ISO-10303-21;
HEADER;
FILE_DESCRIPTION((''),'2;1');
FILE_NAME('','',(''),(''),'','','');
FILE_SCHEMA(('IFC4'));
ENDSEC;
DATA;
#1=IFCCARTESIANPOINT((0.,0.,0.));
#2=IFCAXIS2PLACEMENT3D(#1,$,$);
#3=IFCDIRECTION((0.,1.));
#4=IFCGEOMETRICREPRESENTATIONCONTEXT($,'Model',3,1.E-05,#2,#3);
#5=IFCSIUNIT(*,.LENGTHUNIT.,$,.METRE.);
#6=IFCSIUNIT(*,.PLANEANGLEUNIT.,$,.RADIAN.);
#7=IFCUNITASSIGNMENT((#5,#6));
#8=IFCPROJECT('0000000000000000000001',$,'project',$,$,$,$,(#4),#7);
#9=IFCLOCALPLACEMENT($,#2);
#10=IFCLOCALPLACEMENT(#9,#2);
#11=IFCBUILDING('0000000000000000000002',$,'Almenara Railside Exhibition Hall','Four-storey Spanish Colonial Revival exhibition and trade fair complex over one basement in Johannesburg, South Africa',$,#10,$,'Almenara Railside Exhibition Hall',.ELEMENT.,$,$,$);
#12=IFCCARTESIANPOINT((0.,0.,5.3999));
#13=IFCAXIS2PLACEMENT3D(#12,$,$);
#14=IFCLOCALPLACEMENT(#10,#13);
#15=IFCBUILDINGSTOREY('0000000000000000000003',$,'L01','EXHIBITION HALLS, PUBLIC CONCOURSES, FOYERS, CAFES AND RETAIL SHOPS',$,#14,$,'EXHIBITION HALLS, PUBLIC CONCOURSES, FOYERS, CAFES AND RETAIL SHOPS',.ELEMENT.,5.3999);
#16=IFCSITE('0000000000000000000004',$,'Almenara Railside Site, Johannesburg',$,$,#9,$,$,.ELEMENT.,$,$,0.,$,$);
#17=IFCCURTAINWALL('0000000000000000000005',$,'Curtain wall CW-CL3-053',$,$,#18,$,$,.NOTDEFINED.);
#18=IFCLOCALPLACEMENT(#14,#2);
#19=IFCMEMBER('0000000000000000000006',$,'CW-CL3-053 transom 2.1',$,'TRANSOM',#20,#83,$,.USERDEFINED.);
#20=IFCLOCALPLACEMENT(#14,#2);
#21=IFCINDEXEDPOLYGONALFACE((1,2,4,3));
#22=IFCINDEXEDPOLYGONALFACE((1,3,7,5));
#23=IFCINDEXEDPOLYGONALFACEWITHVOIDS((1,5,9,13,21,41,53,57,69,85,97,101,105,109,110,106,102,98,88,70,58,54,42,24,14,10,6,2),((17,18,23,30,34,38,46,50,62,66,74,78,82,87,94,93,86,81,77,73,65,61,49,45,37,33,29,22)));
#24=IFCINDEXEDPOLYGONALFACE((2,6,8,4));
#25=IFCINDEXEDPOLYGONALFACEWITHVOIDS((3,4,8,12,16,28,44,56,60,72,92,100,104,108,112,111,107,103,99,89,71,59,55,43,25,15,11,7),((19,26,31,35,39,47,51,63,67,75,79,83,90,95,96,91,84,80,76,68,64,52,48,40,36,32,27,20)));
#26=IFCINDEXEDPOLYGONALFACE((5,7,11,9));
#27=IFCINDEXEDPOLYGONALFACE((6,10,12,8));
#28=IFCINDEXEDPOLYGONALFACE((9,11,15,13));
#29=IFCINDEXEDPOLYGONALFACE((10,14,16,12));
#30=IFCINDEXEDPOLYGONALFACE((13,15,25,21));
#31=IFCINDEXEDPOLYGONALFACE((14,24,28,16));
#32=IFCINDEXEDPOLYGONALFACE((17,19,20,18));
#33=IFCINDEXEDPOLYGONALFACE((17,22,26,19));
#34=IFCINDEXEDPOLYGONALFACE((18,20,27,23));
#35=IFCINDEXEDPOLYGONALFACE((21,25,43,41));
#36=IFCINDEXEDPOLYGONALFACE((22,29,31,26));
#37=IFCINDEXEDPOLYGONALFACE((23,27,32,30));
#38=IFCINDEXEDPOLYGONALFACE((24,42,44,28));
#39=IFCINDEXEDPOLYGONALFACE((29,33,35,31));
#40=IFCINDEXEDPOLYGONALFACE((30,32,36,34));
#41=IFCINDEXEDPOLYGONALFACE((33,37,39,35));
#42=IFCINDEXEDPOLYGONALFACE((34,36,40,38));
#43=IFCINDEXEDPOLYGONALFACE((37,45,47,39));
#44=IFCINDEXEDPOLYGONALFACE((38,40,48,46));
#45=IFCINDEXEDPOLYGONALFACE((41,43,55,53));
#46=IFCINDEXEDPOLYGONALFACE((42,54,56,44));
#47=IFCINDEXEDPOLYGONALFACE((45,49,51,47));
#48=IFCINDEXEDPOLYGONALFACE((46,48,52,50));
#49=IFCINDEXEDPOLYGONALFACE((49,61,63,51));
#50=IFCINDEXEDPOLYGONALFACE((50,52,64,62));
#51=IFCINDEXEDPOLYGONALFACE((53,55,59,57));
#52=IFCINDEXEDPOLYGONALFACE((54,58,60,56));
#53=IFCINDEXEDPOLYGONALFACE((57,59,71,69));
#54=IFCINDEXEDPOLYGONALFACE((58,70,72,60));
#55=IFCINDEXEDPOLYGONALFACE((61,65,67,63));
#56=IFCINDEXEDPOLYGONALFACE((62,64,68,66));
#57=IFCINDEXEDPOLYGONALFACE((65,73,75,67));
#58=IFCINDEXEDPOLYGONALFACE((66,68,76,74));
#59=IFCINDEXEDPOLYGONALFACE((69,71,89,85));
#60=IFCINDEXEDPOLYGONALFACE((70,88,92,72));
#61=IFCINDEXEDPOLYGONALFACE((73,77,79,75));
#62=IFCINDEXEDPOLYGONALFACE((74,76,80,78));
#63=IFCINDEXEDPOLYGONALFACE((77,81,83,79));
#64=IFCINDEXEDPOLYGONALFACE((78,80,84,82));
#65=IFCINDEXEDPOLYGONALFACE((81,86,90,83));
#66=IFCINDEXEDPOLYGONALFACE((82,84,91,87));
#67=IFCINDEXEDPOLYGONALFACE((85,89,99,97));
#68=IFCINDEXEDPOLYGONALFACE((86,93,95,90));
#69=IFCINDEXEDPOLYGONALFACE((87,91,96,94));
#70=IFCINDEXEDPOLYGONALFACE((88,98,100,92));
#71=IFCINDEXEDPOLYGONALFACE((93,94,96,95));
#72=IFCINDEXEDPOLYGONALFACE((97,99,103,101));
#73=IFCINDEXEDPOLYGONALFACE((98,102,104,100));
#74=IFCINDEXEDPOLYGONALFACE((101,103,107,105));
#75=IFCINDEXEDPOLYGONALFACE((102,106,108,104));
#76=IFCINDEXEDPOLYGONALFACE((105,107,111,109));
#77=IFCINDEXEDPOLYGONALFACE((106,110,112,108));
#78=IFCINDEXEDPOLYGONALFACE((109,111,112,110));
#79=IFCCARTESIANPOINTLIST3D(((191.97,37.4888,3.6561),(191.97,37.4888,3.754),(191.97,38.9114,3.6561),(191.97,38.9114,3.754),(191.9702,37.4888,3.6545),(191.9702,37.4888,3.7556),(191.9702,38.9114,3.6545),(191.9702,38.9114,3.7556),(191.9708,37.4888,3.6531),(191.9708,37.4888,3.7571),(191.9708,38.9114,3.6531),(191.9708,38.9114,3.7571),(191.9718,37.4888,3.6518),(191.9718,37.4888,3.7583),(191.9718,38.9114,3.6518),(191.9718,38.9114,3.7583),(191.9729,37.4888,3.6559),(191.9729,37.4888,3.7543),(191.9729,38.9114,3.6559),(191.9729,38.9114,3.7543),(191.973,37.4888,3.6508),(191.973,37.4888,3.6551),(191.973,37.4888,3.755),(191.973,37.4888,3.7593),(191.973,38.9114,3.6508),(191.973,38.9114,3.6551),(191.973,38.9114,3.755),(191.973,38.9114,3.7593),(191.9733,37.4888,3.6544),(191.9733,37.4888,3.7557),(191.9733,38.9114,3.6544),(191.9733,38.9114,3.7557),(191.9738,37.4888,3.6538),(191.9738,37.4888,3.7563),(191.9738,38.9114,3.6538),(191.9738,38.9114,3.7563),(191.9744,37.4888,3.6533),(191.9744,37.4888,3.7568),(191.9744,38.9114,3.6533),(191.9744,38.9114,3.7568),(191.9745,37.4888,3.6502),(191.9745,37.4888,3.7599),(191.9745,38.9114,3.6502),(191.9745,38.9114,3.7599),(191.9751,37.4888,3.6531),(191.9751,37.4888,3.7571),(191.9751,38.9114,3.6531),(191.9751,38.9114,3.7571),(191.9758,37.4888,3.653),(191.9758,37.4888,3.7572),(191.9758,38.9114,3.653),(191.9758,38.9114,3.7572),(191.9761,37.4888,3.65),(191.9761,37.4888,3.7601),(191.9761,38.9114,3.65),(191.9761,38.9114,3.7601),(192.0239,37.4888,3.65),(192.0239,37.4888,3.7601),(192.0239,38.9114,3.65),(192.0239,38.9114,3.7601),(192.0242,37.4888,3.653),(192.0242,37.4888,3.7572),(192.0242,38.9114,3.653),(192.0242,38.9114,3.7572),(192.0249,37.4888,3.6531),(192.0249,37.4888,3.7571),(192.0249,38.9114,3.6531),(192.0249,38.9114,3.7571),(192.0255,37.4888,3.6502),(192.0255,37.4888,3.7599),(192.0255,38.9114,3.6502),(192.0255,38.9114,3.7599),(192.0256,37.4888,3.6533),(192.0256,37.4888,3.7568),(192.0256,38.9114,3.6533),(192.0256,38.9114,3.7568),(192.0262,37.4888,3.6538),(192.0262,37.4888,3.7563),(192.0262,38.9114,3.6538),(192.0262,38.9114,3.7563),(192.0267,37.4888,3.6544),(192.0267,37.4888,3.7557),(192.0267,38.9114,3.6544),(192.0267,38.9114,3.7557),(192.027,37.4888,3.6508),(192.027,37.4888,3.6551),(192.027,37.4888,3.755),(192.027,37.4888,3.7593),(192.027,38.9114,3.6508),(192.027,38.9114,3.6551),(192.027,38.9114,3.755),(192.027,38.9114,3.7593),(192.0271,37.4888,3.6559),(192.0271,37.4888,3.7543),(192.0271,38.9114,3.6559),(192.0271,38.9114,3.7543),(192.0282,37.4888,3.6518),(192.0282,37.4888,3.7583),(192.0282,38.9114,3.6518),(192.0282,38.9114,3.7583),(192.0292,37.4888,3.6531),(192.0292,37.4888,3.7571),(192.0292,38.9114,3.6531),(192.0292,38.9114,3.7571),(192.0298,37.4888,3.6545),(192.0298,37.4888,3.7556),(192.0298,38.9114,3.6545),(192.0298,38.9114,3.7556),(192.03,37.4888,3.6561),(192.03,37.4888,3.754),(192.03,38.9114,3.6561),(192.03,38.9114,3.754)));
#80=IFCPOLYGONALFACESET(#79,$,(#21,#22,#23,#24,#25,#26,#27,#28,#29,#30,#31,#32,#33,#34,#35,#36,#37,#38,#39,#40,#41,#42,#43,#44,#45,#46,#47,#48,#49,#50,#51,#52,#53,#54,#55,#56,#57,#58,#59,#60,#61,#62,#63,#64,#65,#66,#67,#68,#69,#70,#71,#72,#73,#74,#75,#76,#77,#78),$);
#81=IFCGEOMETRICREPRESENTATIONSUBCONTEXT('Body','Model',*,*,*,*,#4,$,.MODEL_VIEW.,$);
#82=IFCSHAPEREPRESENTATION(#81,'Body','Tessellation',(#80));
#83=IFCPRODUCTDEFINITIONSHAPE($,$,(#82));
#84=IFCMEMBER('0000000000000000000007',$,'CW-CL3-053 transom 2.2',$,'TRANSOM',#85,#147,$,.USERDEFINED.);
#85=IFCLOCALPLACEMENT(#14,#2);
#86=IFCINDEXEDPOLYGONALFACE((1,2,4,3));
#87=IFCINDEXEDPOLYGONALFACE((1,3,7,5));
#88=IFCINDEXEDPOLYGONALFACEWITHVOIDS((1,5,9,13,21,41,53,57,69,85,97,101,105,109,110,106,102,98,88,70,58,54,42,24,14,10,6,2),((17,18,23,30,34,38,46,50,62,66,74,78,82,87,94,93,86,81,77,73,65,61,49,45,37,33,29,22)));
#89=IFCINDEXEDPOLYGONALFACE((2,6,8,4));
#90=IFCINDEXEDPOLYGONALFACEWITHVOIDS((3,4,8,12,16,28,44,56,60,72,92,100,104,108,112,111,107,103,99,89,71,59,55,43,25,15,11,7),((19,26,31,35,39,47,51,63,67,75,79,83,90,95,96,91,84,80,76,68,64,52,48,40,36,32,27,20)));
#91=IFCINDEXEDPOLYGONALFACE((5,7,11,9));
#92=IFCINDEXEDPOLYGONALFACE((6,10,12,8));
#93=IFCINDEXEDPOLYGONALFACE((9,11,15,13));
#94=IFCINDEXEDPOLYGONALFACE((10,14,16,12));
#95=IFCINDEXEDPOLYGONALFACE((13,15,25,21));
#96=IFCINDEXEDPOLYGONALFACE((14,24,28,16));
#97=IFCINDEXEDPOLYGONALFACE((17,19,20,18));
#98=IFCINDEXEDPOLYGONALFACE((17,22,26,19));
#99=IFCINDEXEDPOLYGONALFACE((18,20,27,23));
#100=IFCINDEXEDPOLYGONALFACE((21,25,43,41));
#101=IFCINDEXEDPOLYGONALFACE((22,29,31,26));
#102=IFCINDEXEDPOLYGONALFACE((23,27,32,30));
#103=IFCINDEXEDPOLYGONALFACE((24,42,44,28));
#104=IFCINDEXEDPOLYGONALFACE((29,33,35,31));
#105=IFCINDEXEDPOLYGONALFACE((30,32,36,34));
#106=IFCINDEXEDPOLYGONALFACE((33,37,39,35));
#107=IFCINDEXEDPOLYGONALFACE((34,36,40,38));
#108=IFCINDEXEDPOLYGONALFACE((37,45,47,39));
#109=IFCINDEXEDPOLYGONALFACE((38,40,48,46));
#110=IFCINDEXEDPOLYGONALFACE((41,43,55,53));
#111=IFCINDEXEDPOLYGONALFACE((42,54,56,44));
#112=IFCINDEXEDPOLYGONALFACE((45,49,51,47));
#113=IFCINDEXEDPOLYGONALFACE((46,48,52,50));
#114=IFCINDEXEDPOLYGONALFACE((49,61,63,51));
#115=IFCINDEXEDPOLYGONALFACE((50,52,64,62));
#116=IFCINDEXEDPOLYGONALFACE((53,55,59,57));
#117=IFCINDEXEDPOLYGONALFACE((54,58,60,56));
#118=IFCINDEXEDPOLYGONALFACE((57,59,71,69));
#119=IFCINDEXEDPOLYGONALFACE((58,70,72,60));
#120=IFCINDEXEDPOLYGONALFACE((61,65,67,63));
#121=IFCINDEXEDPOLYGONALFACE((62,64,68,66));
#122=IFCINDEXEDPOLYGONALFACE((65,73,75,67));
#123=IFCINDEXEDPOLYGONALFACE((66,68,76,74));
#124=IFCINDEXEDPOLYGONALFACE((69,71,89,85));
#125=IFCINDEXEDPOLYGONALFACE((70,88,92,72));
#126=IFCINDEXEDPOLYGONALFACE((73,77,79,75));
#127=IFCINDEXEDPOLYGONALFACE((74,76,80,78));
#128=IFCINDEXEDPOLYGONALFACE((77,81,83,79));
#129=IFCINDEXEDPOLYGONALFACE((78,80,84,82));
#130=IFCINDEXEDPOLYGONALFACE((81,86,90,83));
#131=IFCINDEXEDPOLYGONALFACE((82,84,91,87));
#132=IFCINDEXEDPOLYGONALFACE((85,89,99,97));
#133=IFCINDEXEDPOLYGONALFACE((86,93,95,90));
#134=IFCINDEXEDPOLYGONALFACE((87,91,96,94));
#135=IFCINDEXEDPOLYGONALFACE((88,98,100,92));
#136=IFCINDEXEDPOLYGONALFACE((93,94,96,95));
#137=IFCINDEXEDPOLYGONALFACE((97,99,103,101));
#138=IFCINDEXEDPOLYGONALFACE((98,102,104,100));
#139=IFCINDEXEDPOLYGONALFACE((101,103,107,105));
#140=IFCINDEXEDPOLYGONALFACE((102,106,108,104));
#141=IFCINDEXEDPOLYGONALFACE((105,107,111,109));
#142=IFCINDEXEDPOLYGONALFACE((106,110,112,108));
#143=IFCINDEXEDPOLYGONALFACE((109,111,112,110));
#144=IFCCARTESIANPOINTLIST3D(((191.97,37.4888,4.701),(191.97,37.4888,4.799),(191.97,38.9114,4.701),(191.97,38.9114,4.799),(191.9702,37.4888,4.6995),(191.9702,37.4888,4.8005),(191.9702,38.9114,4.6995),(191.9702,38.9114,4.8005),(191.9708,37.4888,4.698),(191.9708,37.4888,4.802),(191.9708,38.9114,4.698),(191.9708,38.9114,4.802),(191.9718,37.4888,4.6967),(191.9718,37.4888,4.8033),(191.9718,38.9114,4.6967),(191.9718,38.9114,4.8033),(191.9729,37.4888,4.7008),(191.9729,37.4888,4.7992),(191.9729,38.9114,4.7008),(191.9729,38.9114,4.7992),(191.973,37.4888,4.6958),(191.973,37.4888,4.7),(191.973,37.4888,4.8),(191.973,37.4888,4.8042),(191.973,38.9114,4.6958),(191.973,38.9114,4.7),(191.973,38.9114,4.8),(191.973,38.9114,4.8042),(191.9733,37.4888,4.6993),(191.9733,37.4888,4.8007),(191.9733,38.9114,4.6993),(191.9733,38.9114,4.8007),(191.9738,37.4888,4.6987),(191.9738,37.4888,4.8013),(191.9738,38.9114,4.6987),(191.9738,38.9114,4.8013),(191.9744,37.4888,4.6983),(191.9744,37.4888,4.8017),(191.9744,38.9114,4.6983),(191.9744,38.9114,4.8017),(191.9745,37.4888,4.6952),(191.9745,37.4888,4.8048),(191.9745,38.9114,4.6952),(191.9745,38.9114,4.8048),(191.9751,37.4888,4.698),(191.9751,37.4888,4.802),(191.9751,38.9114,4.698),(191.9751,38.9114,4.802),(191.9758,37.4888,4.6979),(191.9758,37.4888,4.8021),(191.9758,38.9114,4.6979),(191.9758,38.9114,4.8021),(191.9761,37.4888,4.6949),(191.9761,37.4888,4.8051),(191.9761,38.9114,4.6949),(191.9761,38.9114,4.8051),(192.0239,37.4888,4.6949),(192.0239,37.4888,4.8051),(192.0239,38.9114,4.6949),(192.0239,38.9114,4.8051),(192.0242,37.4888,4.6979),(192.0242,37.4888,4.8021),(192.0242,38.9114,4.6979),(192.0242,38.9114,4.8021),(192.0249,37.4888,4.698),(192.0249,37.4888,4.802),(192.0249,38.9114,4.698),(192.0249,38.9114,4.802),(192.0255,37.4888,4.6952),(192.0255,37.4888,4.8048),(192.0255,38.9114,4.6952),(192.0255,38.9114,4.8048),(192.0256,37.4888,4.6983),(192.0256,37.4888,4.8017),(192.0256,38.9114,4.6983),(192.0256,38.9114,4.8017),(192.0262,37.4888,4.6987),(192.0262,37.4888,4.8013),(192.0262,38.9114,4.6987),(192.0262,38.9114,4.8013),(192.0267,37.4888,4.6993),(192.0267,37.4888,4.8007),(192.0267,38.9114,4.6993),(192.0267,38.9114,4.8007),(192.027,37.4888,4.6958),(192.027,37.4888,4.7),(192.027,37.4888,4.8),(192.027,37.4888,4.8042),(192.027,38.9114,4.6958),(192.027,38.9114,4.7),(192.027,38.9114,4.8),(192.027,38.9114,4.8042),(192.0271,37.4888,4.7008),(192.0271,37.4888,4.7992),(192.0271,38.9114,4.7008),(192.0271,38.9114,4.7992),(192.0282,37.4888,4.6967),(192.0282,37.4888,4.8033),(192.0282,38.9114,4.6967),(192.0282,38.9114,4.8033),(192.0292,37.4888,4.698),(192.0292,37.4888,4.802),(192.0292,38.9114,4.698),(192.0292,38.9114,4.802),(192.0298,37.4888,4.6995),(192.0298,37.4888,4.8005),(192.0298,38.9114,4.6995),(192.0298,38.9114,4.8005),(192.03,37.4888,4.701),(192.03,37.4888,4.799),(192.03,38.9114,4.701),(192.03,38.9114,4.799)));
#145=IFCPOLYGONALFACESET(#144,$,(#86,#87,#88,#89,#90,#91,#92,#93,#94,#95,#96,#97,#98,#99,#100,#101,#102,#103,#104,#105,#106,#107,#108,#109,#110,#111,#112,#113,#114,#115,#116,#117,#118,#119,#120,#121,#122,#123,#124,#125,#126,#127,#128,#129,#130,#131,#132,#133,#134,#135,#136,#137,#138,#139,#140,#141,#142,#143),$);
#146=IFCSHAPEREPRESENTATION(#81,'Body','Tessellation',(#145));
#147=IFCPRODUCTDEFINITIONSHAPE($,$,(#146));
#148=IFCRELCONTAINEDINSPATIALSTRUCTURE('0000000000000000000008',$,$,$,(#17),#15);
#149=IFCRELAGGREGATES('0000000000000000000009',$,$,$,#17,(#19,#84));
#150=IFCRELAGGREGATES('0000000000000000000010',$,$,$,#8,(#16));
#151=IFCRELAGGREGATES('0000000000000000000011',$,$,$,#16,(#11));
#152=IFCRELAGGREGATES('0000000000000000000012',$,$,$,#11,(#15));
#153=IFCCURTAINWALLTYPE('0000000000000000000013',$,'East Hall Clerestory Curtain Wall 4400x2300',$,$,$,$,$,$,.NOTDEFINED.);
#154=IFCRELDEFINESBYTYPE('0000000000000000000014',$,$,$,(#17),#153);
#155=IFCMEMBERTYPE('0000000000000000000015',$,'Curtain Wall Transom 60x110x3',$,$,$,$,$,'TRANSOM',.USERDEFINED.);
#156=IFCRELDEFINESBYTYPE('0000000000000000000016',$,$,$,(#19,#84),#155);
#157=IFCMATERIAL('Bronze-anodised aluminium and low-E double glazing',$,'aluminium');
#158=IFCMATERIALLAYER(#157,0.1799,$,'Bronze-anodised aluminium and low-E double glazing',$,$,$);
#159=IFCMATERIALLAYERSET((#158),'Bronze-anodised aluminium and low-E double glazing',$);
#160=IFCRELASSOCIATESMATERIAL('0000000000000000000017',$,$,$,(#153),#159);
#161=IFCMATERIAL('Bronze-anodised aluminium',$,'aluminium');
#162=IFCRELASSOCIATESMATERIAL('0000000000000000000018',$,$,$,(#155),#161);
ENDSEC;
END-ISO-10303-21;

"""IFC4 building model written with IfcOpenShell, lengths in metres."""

from ifc_helpers import new_model, si_unit, direction, frame, origin, origin_2d, place, context, subcontext, project, spatial, hollow_rectangle, extrude, material, layer, layer_set, material_profile, profile_set, type_object, element, aggregate, save


model = new_model("IFC4")

# Units and contexts
model_context = context("Model", 3, precision=1e-05, world=origin(), true_north=direction((0.0, 1.0)))
body_context = subcontext(model_context, "Body", "Model", "MODEL_VIEW")
ifc_project = project(units=[si_unit("LENGTHUNIT", "METRE"), si_unit("PLANEANGLEUNIT", "RADIAN")], contexts=[model_context])

# Site, building, storey
site_placement = place(None, origin())
site = spatial("IfcSite", under=ifc_project, at=site_placement, Name="Almenara Railside Site, Johannesburg", CompositionType="ELEMENT", RefElevation=0.0)
building_placement = place(site_placement, origin())
building = spatial("IfcBuilding", under=site, at=building_placement, Name="Almenara Railside Exhibition Hall", Description="Four-storey Spanish Colonial Revival exhibition and trade fair complex over one basement in Johannesburg, South Africa", LongName="Almenara Railside Exhibition Hall", CompositionType="ELEMENT")
storey_placement = place(building_placement, frame((0.0, 0.0, 5.3999)))
storey = spatial("IfcBuildingStorey", under=building, at=storey_placement, Name="L01", Description="EXHIBITION HALLS, PUBLIC CONCOURSES, FOYERS, CAFES AND RETAIL SHOPS", LongName="EXHIBITION HALLS, PUBLIC CONCOURSES, FOYERS, CAFES AND RETAIL SHOPS", CompositionType="ELEMENT", Elevation=5.3999)

# Curtain wall
ifc_material_1 = material(Name="Bronze-anodised aluminium and low-E double glazing", Category="aluminium")
ifc_layer_1 = layer(ifc_material_1, 0.1799, Name="Bronze-anodised aluminium and low-E double glazing")
ifc_layer_set_1 = layer_set([ifc_layer_1], Name="Bronze-anodised aluminium and low-E double glazing")
curtain_wall_type = type_object("IfcCurtainWallType", Name="East Hall Clerestory Curtain Wall 4400x2300", PredefinedType="NOTDEFINED", material=ifc_layer_set_1)
ifc_material_2 = material(Name="Bronze-anodised aluminium", Category="aluminium")
curtain_wall_1_placement = place(storey_placement, origin())
curtain_wall_1 = element("IfcCurtainWall", 1, at=curtain_wall_1_placement, inside=storey, type_object=curtain_wall_type, Name="Curtain wall CW-CL3-053", PredefinedType="NOTDEFINED")

# Members
ifc_material_profile_1 = material_profile(ifc_material_2, hollow_rectangle(XDim=0.0601, YDim=0.1101, WallThickness=0.0029, InnerFilletRadius=0.0029, OuterFilletRadius=0.0061, at=origin_2d()), Name="ALU-TRN 60x110x3")
ifc_profile_set_1 = profile_set([ifc_material_profile_1], Name="Bronze-anodised aluminium")
member_type_1 = type_object("IfcMemberType", Name="Curtain Wall Transom 60x110x3", ElementType="TRANSOM", PredefinedType="USERDEFINED", material=ifc_profile_set_1)
member_1_placement = place(storey_placement, frame((192.0, 37.4888, 3.7051), z_axis=(0.0, 1.0, 0.0), x_axis=(-1.0, 0.0, 0.0)))
member_1 = element("IfcMember", 2, at=member_1_placement, type_object=member_type_1, Name="CW-CL3-053 transom 2.1", ObjectType="TRANSOM", PredefinedType="USERDEFINED", context=body_context, shape_type="SweptSolid", body=[
    extrude(hollow_rectangle(XDim=0.0601, YDim=0.1101, WallThickness=0.0029, InnerFilletRadius=0.0029, OuterFilletRadius=0.0061, at=origin_2d()), origin(), (0.0, 0.0, 1.0), 1.4226),
])
member_2_placement = place(storey_placement, frame((192.0, 37.4888, 4.75), z_axis=(0.0, 1.0, 0.0), x_axis=(-1.0, 0.0, 0.0)))
member_2 = element("IfcMember", 3, at=member_2_placement, type_object=member_type_1, Name="CW-CL3-053 transom 2.2", ObjectType="TRANSOM", PredefinedType="USERDEFINED", context=body_context, shape_type="SweptSolid", body=[
    extrude(hollow_rectangle(XDim=0.0601, YDim=0.1101, WallThickness=0.0029, InnerFilletRadius=0.0029, OuterFilletRadius=0.0061, at=origin_2d()), origin(), (0.0, 0.0, 1.0), 1.4226),
])

aggregate(curtain_wall_1, [member_1, member_2])

save(model, "model.ifc")
